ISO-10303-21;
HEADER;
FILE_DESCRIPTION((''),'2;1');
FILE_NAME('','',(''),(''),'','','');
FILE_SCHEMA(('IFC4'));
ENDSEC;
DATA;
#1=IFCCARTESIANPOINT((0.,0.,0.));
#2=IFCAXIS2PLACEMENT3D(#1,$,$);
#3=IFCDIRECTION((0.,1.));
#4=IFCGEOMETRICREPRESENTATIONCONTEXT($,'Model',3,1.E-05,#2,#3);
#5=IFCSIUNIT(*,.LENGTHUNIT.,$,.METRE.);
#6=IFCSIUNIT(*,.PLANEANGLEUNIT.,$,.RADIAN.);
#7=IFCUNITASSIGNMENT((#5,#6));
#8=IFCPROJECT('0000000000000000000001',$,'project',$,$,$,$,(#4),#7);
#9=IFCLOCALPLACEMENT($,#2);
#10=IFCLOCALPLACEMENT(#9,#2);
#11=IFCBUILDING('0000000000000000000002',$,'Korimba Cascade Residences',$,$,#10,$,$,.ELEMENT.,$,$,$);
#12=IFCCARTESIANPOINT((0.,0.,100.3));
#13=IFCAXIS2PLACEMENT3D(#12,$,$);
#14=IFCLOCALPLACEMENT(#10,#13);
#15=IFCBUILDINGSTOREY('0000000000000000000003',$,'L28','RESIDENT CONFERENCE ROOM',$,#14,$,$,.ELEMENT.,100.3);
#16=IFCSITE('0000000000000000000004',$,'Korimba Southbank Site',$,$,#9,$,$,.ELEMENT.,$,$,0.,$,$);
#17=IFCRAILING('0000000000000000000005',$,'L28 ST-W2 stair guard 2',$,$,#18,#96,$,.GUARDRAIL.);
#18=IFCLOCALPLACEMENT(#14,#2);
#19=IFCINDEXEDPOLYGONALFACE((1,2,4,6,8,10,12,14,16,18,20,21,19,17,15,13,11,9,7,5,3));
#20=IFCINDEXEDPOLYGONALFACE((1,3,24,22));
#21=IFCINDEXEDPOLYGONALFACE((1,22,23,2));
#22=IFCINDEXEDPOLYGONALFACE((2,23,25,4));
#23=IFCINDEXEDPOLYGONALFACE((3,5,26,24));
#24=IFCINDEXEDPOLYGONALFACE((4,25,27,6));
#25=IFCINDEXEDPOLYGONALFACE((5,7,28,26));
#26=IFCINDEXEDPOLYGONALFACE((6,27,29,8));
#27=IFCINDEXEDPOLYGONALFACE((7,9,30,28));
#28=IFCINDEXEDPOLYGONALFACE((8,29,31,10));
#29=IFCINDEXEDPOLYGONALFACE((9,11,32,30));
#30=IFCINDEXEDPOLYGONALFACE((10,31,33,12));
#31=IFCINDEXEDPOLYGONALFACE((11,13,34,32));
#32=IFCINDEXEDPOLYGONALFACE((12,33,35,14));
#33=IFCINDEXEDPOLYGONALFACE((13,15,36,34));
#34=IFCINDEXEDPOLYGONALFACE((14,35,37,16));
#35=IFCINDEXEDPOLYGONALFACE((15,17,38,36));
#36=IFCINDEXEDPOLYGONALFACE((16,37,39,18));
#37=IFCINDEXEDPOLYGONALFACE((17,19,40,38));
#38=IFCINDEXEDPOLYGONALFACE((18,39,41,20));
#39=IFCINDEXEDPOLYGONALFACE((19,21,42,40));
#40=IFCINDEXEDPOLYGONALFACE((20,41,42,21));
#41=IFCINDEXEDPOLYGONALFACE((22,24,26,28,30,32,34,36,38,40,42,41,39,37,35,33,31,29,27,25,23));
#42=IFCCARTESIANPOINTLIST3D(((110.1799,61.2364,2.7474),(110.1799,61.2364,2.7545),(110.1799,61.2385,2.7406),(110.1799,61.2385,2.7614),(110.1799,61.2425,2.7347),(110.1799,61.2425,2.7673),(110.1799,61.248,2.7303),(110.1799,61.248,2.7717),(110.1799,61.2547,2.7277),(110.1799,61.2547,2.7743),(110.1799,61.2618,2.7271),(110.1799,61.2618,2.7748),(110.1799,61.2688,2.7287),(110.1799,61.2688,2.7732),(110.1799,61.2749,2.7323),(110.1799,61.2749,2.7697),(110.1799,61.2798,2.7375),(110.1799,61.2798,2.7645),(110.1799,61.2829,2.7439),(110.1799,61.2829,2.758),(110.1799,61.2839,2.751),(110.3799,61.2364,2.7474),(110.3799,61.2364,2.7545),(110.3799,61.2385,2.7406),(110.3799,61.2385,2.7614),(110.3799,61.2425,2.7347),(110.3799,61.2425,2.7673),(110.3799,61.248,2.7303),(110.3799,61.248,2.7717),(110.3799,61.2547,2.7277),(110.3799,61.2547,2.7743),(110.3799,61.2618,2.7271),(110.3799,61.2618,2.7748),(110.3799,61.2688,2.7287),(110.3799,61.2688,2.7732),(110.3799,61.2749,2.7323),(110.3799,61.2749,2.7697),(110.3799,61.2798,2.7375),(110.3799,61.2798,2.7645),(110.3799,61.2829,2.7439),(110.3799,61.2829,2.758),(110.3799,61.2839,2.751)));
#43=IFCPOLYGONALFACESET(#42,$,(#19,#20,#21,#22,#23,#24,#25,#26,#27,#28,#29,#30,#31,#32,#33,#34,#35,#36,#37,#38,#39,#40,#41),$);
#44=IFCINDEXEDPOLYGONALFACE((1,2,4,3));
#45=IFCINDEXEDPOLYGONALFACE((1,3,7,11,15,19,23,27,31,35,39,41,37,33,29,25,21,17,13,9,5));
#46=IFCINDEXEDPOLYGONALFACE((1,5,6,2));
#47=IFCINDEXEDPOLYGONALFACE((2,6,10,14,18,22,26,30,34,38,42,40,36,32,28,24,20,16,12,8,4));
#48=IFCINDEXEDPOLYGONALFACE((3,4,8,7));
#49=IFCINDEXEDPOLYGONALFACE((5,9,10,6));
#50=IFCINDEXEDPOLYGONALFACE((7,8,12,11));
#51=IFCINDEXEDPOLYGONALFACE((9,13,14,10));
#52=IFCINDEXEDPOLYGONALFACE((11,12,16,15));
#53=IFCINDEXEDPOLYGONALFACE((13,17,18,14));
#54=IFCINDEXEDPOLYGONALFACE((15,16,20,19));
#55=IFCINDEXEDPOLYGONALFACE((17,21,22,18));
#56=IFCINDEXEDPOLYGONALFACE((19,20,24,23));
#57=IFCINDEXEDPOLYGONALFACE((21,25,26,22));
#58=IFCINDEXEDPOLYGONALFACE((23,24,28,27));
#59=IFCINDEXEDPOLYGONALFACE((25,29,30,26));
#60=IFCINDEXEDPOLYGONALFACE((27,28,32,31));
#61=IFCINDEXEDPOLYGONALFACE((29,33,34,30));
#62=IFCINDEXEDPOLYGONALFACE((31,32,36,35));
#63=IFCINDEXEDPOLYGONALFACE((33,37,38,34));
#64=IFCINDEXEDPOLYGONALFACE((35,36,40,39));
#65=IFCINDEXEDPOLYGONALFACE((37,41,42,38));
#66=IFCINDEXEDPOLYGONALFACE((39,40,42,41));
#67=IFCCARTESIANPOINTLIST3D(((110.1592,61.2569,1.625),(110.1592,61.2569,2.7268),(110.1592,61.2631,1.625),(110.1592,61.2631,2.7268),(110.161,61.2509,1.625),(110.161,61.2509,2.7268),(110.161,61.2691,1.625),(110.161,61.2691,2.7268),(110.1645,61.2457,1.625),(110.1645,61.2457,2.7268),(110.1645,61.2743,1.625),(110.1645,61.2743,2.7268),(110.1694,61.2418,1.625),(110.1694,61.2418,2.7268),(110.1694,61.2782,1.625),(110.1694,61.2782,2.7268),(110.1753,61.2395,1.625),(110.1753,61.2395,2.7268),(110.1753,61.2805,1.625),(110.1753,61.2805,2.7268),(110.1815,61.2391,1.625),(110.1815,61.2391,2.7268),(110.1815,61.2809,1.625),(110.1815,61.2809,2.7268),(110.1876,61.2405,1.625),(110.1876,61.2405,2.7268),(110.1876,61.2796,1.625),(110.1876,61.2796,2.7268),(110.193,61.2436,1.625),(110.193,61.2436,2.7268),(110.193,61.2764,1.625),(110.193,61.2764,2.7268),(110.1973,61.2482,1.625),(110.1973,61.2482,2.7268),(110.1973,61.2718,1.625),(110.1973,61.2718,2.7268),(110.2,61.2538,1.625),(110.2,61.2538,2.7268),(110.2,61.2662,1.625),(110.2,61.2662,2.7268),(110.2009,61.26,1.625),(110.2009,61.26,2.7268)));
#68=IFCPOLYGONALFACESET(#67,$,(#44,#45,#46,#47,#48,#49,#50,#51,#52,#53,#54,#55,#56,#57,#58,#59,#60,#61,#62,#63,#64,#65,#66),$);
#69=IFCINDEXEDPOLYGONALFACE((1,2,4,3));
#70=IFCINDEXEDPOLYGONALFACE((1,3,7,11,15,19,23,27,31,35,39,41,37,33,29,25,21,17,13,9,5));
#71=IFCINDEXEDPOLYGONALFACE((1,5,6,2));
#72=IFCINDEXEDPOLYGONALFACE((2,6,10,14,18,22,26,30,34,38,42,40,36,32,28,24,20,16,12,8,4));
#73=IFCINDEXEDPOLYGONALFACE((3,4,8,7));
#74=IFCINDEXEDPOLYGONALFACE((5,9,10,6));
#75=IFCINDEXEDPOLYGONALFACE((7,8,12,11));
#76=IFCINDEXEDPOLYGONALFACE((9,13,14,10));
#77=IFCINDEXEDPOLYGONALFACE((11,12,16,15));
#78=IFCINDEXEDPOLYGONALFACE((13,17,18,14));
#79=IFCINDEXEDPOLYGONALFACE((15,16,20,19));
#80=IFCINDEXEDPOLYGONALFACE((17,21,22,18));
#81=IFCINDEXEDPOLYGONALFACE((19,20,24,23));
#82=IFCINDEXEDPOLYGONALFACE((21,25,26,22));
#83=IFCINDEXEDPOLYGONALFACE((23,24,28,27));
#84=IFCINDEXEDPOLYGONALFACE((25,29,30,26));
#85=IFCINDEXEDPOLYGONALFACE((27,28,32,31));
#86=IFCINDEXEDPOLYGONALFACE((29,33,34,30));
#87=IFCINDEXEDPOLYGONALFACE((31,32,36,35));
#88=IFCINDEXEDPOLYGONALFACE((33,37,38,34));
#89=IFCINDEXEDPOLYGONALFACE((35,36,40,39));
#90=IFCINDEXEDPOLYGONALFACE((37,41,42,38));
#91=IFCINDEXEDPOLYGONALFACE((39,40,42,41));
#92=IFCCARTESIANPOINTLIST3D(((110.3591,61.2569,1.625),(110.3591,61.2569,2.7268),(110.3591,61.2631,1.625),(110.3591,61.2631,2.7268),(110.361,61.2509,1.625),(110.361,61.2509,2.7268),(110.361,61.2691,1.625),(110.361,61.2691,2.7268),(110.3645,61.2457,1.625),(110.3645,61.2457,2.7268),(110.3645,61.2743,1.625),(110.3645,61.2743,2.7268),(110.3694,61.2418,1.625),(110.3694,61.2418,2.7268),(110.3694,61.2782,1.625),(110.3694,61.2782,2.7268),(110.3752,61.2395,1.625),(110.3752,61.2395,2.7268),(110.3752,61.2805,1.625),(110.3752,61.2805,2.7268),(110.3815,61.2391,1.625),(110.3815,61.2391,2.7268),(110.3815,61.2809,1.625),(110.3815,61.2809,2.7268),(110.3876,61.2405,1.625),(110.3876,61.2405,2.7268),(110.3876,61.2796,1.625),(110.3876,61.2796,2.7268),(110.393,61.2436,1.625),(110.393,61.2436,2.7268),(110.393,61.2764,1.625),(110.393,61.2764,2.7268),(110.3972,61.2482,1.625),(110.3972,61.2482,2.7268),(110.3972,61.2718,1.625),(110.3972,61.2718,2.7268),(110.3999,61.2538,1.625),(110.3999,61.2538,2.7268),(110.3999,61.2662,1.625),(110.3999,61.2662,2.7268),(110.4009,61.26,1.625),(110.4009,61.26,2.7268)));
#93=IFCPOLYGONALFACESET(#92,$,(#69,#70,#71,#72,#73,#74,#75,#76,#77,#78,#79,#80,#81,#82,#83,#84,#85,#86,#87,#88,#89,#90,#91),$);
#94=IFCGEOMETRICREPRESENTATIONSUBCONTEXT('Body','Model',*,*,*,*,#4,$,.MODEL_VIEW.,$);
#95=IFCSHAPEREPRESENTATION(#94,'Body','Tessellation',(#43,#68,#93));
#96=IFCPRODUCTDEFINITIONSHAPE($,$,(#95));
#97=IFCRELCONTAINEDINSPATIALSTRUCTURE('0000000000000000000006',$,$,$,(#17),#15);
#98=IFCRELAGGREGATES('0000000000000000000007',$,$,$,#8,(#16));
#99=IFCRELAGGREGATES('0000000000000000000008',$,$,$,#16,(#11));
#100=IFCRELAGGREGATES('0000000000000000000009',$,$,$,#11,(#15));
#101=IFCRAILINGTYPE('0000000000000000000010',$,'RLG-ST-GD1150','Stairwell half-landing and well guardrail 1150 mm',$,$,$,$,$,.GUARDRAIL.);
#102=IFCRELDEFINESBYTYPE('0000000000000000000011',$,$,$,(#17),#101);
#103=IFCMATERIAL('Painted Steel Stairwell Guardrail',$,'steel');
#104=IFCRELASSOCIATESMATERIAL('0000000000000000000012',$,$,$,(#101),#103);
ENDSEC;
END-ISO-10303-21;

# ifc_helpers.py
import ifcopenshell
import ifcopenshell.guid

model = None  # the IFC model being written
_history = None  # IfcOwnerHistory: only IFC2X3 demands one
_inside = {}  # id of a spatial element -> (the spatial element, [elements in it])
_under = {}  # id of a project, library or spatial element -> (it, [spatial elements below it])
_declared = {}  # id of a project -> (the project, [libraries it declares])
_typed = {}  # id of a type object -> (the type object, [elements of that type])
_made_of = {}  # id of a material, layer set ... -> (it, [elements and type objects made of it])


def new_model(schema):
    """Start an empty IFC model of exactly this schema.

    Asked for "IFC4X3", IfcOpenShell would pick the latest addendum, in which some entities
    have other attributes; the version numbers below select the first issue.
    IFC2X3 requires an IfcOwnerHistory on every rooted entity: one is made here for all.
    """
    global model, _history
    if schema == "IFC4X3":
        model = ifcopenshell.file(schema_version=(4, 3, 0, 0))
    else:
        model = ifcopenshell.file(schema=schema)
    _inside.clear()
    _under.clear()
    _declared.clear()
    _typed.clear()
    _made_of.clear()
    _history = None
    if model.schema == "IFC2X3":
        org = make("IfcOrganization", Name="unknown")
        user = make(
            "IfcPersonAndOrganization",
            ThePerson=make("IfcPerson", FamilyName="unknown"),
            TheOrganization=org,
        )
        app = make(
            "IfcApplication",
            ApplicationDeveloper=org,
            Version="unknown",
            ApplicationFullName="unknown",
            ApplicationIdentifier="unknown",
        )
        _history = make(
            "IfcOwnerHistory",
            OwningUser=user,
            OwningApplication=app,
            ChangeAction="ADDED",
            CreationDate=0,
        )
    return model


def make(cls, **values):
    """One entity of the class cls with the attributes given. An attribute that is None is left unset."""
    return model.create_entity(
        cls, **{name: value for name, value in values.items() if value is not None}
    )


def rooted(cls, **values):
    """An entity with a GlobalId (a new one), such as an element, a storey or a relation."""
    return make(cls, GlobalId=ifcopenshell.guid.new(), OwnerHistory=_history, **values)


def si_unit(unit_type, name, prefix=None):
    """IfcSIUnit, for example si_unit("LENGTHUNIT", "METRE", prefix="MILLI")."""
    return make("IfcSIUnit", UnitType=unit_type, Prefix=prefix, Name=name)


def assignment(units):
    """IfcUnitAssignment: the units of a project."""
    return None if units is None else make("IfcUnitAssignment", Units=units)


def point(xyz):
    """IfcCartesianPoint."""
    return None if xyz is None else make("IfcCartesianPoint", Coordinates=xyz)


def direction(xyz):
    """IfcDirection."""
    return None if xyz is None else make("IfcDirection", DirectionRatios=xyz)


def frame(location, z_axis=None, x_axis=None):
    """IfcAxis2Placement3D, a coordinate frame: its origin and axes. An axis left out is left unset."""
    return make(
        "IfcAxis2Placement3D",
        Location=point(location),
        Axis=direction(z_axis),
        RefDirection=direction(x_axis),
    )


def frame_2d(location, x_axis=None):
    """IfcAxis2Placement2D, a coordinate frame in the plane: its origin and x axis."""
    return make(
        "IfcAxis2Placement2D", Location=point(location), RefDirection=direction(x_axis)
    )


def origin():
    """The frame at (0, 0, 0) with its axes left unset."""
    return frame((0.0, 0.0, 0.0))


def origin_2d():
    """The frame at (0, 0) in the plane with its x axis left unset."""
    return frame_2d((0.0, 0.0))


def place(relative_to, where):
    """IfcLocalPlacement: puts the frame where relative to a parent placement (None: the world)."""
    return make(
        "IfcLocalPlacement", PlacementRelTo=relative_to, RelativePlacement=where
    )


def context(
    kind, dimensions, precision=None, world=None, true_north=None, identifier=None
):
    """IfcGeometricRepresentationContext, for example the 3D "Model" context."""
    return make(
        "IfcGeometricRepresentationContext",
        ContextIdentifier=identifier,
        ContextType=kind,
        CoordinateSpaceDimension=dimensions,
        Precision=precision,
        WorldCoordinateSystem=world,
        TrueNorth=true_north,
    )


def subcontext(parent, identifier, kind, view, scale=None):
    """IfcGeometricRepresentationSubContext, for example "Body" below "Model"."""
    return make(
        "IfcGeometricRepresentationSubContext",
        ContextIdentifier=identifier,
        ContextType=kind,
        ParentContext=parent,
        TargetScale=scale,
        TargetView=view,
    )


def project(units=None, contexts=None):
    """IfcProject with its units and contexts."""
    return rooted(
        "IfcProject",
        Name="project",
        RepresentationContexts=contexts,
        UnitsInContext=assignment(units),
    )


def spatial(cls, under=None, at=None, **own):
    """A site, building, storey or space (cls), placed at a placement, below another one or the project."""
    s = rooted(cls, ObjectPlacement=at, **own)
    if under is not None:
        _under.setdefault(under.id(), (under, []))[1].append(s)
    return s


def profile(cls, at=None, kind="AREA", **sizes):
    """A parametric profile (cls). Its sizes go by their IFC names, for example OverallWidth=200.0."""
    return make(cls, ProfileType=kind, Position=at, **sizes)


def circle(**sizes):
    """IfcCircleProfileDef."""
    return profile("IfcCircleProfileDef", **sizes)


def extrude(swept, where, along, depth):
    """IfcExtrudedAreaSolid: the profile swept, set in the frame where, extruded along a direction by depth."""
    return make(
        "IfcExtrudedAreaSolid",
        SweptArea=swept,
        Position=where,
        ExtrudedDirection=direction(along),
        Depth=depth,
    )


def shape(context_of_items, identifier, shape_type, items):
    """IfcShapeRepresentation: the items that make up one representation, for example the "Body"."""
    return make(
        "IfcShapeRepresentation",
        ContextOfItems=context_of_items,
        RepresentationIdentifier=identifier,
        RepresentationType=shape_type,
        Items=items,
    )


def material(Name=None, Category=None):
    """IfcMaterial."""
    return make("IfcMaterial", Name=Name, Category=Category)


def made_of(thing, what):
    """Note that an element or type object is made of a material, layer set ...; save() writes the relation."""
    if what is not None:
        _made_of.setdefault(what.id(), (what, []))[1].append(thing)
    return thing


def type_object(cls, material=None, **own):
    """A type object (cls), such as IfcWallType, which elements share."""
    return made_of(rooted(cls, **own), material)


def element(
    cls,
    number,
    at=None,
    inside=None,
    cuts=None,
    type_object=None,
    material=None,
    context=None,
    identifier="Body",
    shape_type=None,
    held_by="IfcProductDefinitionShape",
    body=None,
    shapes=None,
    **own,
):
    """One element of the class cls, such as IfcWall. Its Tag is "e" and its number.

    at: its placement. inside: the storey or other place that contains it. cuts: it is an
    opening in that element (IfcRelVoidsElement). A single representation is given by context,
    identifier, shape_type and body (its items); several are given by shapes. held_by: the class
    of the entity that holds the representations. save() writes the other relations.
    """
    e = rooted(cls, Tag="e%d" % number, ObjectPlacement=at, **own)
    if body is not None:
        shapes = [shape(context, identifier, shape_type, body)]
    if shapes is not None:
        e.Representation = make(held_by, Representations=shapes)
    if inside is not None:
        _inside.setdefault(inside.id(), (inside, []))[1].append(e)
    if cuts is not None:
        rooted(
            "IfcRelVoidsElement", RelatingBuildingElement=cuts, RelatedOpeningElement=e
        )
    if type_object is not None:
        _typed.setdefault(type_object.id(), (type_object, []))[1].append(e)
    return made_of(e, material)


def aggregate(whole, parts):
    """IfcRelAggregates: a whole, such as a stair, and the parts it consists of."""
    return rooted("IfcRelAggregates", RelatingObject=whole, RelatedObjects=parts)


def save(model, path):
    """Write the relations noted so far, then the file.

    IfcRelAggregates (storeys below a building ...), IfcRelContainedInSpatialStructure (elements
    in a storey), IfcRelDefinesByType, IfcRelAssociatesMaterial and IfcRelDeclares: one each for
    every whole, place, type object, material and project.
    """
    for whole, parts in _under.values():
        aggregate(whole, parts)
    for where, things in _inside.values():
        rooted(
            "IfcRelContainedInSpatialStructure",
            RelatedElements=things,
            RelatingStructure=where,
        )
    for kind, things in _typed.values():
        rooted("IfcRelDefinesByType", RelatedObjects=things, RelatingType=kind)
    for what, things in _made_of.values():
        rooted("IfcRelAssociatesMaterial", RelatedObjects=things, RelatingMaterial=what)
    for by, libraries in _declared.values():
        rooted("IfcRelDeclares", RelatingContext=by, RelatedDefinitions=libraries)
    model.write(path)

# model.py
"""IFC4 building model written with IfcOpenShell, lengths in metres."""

from ifc_helpers import new_model, si_unit, direction, frame, origin, origin_2d, place, context, subcontext, project, spatial, circle, extrude, material, type_object, element, save


model = new_model("IFC4")

# Units and contexts
model_context = context("Model", 3, precision=1e-05, world=origin(), true_north=direction((0.0, 1.0)))
body_context = subcontext(model_context, "Body", "Model", "MODEL_VIEW")
ifc_project = project(units=[si_unit("LENGTHUNIT", "METRE"), si_unit("PLANEANGLEUNIT", "RADIAN")], contexts=[model_context])

# Site, building, storey
site_placement = place(None, origin())
site = spatial("IfcSite", under=ifc_project, at=site_placement, Name="Korimba Southbank Site", CompositionType="ELEMENT", RefElevation=0.0)
building_placement = place(site_placement, origin())
building = spatial("IfcBuilding", under=site, at=building_placement, Name="Korimba Cascade Residences", CompositionType="ELEMENT")
storey_placement = place(building_placement, frame((0.0, 0.0, 100.3)))
storey = spatial("IfcBuildingStorey", under=building, at=storey_placement, Name="L28", Description="RESIDENT CONFERENCE ROOM", CompositionType="ELEMENT", Elevation=100.3)

# Railing
ifc_material_1 = material(Name="Painted Steel Stairwell Guardrail", Category="steel")
railing_type_1 = type_object("IfcRailingType", Name="RLG-ST-GD1150", Description="Stairwell half-landing and well guardrail 1150 mm", PredefinedType="GUARDRAIL", material=ifc_material_1)
railing_1_placement = place(storey_placement, frame((110.1799, 61.26, 1.625)))
element("IfcRailing", 1, at=railing_1_placement, inside=storey, type_object=railing_type_1, Name="L28 ST-W2 stair guard 2", PredefinedType="GUARDRAIL", context=body_context, shape_type="SweptSolid", body=[
    extrude(circle(Radius=0.0239, at=origin_2d()), frame((0.0, 0.0, 1.126), z_axis=(1.0, 0.0, 0.0), x_axis=(0.0, 1.0, 0.0)), (0.0, 0.0, 1.0), 0.2),
    extrude(circle(Radius=0.021, at=origin_2d()), origin(), (0.0, 0.0, 1.0), 1.1018),
    extrude(circle(Radius=0.021, at=origin_2d()), frame((0.2, 0.0, 0.0)), (0.0, 0.0, 1.0), 1.1018),
])

save(model, "model.ifc")
